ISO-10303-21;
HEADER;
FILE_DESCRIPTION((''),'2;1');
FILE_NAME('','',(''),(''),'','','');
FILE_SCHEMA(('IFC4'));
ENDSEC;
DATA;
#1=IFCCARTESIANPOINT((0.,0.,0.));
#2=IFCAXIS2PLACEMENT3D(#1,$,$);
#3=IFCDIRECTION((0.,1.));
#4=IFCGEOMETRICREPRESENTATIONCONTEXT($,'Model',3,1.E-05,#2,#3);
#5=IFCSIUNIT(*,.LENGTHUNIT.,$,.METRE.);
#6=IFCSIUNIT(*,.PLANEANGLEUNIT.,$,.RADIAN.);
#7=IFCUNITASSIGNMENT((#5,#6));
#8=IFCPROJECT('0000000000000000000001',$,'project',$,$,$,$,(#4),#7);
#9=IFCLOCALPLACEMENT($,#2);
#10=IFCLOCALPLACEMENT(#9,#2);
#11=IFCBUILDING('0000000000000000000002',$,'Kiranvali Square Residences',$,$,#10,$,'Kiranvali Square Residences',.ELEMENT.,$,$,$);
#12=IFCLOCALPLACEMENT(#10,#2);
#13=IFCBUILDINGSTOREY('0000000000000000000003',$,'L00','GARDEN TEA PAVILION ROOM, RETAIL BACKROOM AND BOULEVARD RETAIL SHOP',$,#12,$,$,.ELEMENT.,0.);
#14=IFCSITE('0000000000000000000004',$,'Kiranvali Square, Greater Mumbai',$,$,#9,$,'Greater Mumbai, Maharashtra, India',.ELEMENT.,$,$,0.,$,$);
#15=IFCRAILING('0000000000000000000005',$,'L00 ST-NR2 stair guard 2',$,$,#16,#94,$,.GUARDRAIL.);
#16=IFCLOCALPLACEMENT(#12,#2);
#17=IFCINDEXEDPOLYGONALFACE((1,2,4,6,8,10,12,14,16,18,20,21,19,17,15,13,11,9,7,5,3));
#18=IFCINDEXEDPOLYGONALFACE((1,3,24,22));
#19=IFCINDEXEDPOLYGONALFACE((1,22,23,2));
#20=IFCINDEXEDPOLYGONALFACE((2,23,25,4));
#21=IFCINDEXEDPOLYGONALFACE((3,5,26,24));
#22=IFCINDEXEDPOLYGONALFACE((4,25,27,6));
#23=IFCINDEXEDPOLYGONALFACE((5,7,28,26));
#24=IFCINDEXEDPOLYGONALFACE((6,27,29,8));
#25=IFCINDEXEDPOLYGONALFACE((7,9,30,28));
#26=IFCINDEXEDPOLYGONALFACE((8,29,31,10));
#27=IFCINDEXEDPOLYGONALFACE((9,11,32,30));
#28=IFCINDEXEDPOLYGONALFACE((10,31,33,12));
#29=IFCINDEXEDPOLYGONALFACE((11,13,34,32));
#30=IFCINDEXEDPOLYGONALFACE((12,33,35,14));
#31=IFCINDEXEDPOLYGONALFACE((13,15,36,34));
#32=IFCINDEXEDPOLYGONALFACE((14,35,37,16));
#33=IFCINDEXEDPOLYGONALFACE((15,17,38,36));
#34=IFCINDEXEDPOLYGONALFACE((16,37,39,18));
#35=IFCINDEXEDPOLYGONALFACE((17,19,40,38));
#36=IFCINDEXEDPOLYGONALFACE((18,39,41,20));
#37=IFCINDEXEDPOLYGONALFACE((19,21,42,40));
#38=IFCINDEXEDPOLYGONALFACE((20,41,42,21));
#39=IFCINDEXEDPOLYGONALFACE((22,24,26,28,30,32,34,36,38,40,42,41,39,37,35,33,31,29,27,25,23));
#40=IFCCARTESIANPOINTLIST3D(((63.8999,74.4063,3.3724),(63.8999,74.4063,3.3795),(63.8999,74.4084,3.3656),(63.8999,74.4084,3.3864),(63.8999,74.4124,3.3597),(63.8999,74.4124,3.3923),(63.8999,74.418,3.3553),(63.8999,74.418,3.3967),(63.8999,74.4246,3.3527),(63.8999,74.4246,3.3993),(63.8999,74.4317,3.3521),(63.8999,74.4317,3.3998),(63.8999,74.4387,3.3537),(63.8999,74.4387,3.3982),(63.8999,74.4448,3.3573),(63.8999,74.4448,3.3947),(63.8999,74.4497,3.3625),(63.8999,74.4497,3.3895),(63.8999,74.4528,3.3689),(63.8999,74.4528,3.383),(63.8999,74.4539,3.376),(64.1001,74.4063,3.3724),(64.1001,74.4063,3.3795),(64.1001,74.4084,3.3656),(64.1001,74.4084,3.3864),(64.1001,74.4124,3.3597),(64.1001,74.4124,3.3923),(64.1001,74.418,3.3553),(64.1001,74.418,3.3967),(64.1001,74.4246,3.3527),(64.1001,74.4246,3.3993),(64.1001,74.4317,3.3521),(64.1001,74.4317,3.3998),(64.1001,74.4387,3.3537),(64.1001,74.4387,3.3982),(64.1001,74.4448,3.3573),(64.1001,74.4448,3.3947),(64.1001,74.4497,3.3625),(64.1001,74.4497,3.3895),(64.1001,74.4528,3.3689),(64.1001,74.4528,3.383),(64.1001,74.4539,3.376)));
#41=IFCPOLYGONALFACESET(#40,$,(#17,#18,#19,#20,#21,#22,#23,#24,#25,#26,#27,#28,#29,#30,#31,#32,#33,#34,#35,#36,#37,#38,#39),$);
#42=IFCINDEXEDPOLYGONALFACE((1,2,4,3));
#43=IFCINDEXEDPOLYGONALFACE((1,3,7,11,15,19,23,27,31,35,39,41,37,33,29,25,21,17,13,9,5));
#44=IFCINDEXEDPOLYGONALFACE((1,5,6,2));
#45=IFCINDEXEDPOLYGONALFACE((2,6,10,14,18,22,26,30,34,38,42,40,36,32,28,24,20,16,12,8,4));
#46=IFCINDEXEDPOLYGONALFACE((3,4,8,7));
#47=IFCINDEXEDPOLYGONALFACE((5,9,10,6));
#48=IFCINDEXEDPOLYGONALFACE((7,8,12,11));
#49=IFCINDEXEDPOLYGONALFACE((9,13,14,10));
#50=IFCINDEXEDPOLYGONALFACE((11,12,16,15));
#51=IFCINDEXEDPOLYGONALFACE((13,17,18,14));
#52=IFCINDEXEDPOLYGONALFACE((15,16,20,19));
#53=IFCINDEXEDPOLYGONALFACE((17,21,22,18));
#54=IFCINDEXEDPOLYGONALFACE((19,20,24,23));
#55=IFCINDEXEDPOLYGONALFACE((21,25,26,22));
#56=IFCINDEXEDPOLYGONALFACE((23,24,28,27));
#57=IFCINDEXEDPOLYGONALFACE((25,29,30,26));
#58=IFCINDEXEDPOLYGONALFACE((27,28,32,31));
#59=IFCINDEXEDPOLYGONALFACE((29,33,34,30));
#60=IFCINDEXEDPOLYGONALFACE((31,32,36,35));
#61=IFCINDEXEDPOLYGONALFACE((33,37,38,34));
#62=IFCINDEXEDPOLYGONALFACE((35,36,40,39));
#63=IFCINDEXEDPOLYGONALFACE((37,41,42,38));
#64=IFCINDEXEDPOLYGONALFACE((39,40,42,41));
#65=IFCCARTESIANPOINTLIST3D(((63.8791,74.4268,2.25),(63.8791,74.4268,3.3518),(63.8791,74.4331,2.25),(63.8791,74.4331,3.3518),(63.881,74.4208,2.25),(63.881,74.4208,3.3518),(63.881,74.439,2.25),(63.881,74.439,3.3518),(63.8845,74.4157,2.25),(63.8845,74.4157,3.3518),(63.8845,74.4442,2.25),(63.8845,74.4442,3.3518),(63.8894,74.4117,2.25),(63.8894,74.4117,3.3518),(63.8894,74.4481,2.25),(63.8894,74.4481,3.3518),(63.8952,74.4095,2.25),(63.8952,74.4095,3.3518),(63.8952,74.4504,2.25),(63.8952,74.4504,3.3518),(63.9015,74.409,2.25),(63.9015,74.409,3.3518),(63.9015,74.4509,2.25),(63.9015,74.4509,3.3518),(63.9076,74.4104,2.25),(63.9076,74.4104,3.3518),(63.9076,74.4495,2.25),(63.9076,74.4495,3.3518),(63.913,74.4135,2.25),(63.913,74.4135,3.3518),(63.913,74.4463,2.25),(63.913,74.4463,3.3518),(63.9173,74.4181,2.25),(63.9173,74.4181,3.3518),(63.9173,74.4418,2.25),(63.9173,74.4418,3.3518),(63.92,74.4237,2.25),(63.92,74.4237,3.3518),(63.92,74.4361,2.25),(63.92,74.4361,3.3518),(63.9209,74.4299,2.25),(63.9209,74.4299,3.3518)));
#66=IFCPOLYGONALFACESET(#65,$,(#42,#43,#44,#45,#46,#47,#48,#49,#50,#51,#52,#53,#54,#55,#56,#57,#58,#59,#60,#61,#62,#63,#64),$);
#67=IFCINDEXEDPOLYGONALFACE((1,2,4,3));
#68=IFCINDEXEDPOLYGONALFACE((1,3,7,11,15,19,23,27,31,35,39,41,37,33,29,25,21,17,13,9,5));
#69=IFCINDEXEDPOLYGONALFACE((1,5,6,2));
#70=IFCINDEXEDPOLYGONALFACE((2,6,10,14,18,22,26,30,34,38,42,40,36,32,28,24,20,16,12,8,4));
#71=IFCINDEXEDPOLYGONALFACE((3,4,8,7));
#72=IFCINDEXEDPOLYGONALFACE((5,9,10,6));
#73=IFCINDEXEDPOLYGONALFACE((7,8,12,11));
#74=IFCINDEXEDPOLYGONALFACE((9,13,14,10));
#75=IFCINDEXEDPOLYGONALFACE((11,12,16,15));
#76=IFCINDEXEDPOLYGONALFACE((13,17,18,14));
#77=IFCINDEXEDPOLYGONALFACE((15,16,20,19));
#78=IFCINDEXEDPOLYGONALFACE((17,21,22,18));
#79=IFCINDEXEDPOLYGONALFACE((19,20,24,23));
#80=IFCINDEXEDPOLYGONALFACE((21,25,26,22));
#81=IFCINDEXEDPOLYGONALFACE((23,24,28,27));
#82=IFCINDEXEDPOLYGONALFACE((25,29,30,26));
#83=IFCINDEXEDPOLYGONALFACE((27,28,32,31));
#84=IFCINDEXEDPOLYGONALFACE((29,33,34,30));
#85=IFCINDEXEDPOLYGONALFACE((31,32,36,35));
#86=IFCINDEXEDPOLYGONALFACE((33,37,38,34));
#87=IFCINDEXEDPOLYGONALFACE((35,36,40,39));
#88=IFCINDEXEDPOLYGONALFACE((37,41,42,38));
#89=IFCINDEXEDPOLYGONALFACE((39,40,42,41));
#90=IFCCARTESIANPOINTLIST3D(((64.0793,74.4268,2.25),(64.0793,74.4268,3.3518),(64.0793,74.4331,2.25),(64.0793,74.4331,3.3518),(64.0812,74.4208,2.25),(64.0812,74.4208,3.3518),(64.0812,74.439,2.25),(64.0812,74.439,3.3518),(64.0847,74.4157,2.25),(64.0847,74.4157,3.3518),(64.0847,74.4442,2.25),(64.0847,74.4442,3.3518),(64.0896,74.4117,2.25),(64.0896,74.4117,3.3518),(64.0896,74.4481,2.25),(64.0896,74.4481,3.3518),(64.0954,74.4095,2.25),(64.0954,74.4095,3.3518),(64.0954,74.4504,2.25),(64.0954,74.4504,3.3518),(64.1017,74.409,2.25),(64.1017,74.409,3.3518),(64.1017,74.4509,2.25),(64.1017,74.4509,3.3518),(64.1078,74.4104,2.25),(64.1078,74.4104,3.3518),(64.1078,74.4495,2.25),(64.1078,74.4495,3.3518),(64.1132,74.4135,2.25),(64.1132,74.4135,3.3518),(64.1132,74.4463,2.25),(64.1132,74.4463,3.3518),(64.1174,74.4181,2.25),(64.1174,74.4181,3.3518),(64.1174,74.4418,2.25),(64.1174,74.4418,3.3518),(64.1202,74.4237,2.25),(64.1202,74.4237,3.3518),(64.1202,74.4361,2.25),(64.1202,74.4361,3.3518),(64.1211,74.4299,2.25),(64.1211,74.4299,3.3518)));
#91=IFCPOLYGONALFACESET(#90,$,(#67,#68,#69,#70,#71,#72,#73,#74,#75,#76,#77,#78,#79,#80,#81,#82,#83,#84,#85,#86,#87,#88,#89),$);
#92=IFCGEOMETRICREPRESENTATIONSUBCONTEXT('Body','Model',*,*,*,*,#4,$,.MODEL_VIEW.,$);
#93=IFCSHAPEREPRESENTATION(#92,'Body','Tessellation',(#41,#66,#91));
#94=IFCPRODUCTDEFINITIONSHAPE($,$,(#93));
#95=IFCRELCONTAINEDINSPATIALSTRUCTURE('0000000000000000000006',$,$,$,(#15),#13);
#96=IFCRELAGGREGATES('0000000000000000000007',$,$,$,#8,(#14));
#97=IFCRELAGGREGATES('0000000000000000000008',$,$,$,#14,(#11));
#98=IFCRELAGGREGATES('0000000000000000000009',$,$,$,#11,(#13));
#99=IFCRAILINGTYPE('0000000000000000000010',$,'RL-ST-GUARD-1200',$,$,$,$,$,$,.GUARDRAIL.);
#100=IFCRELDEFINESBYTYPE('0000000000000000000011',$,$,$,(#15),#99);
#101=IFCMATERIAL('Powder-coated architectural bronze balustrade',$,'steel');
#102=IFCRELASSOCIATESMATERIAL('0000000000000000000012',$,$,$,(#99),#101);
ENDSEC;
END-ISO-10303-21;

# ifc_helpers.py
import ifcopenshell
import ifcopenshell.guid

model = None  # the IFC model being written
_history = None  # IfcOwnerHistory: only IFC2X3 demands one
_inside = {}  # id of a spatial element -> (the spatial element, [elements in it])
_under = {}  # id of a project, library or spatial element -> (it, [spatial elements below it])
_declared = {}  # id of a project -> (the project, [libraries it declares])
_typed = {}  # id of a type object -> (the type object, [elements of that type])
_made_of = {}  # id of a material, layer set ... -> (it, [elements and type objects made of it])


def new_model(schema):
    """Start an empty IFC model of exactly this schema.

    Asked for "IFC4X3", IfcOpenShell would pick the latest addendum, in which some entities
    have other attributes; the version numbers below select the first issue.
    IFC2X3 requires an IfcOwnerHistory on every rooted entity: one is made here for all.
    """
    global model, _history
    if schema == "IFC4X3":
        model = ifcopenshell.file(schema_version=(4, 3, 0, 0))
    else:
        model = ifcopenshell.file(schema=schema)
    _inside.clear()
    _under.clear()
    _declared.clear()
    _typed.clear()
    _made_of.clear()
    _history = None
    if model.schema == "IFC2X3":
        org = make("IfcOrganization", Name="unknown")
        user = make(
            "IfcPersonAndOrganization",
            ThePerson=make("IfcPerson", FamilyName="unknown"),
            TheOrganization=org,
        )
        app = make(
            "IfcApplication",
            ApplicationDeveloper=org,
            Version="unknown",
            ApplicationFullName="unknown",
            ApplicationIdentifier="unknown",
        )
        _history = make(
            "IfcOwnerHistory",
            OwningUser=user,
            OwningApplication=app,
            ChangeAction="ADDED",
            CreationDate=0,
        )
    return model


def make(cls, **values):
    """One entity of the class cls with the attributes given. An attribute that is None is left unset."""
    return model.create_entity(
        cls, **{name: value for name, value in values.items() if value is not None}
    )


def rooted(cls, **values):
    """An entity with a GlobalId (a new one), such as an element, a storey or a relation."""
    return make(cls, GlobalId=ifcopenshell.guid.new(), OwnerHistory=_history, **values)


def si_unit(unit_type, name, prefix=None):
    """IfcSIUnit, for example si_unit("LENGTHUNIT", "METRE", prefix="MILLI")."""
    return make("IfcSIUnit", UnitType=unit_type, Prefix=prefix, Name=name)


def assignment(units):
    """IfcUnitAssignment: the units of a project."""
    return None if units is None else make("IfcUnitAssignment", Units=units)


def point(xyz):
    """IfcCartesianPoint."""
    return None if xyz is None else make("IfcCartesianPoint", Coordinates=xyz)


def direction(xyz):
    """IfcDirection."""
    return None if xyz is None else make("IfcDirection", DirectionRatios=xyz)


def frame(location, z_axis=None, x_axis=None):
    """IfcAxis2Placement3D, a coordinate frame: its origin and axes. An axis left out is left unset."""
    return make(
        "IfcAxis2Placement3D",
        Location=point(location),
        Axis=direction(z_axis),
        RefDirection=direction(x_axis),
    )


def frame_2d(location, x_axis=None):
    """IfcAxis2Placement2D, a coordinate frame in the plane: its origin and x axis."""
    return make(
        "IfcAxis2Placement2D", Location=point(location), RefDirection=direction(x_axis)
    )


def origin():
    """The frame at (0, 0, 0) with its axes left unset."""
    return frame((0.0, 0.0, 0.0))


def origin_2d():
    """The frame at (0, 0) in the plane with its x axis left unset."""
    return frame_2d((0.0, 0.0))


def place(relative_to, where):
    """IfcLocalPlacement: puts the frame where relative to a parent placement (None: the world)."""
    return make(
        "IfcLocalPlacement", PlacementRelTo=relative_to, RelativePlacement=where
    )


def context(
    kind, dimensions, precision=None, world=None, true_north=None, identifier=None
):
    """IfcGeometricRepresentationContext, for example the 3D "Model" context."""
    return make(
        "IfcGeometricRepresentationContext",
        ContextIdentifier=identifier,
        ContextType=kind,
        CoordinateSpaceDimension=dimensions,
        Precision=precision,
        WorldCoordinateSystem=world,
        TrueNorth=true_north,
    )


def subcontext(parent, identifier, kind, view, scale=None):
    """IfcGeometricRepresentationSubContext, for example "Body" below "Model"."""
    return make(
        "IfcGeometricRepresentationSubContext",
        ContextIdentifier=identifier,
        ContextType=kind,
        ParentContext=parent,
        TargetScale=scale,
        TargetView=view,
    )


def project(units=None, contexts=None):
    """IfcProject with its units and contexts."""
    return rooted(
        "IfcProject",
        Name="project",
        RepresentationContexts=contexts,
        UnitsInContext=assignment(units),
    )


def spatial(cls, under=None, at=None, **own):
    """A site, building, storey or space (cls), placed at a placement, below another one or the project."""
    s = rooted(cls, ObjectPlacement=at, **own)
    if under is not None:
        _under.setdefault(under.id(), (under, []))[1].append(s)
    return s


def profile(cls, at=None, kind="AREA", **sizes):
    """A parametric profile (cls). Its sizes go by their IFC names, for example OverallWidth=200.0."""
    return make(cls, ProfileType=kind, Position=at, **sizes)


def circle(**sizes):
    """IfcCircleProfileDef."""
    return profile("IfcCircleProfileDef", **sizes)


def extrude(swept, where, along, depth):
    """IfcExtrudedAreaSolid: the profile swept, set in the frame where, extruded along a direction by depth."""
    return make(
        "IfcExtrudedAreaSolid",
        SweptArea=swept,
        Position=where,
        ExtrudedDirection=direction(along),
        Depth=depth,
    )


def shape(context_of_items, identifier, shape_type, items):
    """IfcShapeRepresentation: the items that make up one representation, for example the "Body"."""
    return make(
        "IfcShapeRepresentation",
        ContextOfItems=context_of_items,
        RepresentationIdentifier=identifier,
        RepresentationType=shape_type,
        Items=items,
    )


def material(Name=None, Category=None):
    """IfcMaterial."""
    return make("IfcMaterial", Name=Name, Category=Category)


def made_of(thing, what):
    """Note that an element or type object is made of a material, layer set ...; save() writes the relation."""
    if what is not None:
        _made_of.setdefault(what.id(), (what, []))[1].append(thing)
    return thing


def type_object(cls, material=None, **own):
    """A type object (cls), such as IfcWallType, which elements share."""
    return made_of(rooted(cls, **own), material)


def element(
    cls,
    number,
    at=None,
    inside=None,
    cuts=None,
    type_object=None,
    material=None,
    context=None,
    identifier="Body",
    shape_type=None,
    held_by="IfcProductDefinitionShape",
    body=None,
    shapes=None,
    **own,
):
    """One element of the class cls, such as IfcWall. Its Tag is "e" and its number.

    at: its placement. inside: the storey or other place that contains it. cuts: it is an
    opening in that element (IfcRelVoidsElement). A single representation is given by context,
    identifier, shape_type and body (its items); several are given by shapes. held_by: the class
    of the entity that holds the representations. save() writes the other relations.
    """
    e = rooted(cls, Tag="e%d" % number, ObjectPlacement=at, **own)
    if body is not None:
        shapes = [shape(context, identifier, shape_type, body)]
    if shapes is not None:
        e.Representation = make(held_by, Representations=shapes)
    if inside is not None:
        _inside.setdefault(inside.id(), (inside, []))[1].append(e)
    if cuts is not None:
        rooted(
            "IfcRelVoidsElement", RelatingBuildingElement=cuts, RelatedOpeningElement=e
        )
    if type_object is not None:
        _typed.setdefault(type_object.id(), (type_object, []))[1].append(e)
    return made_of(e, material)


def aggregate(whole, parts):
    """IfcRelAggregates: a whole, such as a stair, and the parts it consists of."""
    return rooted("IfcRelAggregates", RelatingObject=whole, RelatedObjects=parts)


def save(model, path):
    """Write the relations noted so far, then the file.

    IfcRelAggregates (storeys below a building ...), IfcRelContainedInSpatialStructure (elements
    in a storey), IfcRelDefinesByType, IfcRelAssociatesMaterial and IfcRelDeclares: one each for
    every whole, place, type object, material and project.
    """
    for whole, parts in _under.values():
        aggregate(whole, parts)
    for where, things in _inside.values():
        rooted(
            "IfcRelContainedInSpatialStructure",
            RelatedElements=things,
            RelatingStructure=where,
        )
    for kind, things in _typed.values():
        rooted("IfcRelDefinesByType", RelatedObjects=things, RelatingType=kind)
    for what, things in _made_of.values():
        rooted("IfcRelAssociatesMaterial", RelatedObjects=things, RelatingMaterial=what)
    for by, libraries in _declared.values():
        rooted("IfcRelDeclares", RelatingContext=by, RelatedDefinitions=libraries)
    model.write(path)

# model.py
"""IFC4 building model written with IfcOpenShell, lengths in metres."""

from ifc_helpers import new_model, si_unit, direction, frame, origin, origin_2d, place, context, subcontext, project, spatial, circle, extrude, material, type_object, element, save


model = new_model("IFC4")

# Units and contexts
model_context = context("Model", 3, precision=1e-05, world=origin(), true_north=direction((0.0, 1.0)))
body_context = subcontext(model_context, "Body", "Model", "MODEL_VIEW")
ifc_project = project(units=[si_unit("LENGTHUNIT", "METRE"), si_unit("PLANEANGLEUNIT", "RADIAN")], contexts=[model_context])

# Site, building, storey
site_placement = place(None, origin())
site = spatial("IfcSite", under=ifc_project, at=site_placement, Name="Kiranvali Square, Greater Mumbai", LongName="Greater Mumbai, Maharashtra, India", CompositionType="ELEMENT", RefElevation=0.0)
building_placement = place(site_placement, origin())
building = spatial("IfcBuilding", under=site, at=building_placement, Name="Kiranvali Square Residences", LongName="Kiranvali Square Residences", CompositionType="ELEMENT")
storey_placement = place(building_placement, origin())
storey = spatial("IfcBuildingStorey", under=building, at=storey_placement, Name="L00", Description="GARDEN TEA PAVILION ROOM, RETAIL BACKROOM AND BOULEVARD RETAIL SHOP", CompositionType="ELEMENT", Elevation=0.0)

# Railing
ifc_material_1 = material(Name="Powder-coated architectural bronze balustrade", Category="steel")
railing_type_1 = type_object("IfcRailingType", Name="RL-ST-GUARD-1200", PredefinedType="GUARDRAIL", material=ifc_material_1)
railing_1_placement = place(storey_placement, frame((63.8999, 74.4299, 2.25)))
element("IfcRailing", 1, at=railing_1_placement, inside=storey, type_object=railing_type_1, Name="L00 ST-NR2 stair guard 2", PredefinedType="GUARDRAIL", context=body_context, shape_type="SweptSolid", body=[
    extrude(circle(Radius=0.0239, at=origin_2d()), frame((0.0, 0.0, 1.126), z_axis=(1.0, 0.0, 0.0), x_axis=(0.0, 1.0, 0.0)), (0.0, 0.0, 1.0), 0.2002),
    extrude(circle(Radius=0.021, at=origin_2d()), origin(), (0.0, 0.0, 1.0), 1.1018),
    extrude(circle(Radius=0.021, at=origin_2d()), frame((0.2002, 0.0, 0.0)), (0.0, 0.0, 1.0), 1.1018),
])

save(model, "model.ifc")
